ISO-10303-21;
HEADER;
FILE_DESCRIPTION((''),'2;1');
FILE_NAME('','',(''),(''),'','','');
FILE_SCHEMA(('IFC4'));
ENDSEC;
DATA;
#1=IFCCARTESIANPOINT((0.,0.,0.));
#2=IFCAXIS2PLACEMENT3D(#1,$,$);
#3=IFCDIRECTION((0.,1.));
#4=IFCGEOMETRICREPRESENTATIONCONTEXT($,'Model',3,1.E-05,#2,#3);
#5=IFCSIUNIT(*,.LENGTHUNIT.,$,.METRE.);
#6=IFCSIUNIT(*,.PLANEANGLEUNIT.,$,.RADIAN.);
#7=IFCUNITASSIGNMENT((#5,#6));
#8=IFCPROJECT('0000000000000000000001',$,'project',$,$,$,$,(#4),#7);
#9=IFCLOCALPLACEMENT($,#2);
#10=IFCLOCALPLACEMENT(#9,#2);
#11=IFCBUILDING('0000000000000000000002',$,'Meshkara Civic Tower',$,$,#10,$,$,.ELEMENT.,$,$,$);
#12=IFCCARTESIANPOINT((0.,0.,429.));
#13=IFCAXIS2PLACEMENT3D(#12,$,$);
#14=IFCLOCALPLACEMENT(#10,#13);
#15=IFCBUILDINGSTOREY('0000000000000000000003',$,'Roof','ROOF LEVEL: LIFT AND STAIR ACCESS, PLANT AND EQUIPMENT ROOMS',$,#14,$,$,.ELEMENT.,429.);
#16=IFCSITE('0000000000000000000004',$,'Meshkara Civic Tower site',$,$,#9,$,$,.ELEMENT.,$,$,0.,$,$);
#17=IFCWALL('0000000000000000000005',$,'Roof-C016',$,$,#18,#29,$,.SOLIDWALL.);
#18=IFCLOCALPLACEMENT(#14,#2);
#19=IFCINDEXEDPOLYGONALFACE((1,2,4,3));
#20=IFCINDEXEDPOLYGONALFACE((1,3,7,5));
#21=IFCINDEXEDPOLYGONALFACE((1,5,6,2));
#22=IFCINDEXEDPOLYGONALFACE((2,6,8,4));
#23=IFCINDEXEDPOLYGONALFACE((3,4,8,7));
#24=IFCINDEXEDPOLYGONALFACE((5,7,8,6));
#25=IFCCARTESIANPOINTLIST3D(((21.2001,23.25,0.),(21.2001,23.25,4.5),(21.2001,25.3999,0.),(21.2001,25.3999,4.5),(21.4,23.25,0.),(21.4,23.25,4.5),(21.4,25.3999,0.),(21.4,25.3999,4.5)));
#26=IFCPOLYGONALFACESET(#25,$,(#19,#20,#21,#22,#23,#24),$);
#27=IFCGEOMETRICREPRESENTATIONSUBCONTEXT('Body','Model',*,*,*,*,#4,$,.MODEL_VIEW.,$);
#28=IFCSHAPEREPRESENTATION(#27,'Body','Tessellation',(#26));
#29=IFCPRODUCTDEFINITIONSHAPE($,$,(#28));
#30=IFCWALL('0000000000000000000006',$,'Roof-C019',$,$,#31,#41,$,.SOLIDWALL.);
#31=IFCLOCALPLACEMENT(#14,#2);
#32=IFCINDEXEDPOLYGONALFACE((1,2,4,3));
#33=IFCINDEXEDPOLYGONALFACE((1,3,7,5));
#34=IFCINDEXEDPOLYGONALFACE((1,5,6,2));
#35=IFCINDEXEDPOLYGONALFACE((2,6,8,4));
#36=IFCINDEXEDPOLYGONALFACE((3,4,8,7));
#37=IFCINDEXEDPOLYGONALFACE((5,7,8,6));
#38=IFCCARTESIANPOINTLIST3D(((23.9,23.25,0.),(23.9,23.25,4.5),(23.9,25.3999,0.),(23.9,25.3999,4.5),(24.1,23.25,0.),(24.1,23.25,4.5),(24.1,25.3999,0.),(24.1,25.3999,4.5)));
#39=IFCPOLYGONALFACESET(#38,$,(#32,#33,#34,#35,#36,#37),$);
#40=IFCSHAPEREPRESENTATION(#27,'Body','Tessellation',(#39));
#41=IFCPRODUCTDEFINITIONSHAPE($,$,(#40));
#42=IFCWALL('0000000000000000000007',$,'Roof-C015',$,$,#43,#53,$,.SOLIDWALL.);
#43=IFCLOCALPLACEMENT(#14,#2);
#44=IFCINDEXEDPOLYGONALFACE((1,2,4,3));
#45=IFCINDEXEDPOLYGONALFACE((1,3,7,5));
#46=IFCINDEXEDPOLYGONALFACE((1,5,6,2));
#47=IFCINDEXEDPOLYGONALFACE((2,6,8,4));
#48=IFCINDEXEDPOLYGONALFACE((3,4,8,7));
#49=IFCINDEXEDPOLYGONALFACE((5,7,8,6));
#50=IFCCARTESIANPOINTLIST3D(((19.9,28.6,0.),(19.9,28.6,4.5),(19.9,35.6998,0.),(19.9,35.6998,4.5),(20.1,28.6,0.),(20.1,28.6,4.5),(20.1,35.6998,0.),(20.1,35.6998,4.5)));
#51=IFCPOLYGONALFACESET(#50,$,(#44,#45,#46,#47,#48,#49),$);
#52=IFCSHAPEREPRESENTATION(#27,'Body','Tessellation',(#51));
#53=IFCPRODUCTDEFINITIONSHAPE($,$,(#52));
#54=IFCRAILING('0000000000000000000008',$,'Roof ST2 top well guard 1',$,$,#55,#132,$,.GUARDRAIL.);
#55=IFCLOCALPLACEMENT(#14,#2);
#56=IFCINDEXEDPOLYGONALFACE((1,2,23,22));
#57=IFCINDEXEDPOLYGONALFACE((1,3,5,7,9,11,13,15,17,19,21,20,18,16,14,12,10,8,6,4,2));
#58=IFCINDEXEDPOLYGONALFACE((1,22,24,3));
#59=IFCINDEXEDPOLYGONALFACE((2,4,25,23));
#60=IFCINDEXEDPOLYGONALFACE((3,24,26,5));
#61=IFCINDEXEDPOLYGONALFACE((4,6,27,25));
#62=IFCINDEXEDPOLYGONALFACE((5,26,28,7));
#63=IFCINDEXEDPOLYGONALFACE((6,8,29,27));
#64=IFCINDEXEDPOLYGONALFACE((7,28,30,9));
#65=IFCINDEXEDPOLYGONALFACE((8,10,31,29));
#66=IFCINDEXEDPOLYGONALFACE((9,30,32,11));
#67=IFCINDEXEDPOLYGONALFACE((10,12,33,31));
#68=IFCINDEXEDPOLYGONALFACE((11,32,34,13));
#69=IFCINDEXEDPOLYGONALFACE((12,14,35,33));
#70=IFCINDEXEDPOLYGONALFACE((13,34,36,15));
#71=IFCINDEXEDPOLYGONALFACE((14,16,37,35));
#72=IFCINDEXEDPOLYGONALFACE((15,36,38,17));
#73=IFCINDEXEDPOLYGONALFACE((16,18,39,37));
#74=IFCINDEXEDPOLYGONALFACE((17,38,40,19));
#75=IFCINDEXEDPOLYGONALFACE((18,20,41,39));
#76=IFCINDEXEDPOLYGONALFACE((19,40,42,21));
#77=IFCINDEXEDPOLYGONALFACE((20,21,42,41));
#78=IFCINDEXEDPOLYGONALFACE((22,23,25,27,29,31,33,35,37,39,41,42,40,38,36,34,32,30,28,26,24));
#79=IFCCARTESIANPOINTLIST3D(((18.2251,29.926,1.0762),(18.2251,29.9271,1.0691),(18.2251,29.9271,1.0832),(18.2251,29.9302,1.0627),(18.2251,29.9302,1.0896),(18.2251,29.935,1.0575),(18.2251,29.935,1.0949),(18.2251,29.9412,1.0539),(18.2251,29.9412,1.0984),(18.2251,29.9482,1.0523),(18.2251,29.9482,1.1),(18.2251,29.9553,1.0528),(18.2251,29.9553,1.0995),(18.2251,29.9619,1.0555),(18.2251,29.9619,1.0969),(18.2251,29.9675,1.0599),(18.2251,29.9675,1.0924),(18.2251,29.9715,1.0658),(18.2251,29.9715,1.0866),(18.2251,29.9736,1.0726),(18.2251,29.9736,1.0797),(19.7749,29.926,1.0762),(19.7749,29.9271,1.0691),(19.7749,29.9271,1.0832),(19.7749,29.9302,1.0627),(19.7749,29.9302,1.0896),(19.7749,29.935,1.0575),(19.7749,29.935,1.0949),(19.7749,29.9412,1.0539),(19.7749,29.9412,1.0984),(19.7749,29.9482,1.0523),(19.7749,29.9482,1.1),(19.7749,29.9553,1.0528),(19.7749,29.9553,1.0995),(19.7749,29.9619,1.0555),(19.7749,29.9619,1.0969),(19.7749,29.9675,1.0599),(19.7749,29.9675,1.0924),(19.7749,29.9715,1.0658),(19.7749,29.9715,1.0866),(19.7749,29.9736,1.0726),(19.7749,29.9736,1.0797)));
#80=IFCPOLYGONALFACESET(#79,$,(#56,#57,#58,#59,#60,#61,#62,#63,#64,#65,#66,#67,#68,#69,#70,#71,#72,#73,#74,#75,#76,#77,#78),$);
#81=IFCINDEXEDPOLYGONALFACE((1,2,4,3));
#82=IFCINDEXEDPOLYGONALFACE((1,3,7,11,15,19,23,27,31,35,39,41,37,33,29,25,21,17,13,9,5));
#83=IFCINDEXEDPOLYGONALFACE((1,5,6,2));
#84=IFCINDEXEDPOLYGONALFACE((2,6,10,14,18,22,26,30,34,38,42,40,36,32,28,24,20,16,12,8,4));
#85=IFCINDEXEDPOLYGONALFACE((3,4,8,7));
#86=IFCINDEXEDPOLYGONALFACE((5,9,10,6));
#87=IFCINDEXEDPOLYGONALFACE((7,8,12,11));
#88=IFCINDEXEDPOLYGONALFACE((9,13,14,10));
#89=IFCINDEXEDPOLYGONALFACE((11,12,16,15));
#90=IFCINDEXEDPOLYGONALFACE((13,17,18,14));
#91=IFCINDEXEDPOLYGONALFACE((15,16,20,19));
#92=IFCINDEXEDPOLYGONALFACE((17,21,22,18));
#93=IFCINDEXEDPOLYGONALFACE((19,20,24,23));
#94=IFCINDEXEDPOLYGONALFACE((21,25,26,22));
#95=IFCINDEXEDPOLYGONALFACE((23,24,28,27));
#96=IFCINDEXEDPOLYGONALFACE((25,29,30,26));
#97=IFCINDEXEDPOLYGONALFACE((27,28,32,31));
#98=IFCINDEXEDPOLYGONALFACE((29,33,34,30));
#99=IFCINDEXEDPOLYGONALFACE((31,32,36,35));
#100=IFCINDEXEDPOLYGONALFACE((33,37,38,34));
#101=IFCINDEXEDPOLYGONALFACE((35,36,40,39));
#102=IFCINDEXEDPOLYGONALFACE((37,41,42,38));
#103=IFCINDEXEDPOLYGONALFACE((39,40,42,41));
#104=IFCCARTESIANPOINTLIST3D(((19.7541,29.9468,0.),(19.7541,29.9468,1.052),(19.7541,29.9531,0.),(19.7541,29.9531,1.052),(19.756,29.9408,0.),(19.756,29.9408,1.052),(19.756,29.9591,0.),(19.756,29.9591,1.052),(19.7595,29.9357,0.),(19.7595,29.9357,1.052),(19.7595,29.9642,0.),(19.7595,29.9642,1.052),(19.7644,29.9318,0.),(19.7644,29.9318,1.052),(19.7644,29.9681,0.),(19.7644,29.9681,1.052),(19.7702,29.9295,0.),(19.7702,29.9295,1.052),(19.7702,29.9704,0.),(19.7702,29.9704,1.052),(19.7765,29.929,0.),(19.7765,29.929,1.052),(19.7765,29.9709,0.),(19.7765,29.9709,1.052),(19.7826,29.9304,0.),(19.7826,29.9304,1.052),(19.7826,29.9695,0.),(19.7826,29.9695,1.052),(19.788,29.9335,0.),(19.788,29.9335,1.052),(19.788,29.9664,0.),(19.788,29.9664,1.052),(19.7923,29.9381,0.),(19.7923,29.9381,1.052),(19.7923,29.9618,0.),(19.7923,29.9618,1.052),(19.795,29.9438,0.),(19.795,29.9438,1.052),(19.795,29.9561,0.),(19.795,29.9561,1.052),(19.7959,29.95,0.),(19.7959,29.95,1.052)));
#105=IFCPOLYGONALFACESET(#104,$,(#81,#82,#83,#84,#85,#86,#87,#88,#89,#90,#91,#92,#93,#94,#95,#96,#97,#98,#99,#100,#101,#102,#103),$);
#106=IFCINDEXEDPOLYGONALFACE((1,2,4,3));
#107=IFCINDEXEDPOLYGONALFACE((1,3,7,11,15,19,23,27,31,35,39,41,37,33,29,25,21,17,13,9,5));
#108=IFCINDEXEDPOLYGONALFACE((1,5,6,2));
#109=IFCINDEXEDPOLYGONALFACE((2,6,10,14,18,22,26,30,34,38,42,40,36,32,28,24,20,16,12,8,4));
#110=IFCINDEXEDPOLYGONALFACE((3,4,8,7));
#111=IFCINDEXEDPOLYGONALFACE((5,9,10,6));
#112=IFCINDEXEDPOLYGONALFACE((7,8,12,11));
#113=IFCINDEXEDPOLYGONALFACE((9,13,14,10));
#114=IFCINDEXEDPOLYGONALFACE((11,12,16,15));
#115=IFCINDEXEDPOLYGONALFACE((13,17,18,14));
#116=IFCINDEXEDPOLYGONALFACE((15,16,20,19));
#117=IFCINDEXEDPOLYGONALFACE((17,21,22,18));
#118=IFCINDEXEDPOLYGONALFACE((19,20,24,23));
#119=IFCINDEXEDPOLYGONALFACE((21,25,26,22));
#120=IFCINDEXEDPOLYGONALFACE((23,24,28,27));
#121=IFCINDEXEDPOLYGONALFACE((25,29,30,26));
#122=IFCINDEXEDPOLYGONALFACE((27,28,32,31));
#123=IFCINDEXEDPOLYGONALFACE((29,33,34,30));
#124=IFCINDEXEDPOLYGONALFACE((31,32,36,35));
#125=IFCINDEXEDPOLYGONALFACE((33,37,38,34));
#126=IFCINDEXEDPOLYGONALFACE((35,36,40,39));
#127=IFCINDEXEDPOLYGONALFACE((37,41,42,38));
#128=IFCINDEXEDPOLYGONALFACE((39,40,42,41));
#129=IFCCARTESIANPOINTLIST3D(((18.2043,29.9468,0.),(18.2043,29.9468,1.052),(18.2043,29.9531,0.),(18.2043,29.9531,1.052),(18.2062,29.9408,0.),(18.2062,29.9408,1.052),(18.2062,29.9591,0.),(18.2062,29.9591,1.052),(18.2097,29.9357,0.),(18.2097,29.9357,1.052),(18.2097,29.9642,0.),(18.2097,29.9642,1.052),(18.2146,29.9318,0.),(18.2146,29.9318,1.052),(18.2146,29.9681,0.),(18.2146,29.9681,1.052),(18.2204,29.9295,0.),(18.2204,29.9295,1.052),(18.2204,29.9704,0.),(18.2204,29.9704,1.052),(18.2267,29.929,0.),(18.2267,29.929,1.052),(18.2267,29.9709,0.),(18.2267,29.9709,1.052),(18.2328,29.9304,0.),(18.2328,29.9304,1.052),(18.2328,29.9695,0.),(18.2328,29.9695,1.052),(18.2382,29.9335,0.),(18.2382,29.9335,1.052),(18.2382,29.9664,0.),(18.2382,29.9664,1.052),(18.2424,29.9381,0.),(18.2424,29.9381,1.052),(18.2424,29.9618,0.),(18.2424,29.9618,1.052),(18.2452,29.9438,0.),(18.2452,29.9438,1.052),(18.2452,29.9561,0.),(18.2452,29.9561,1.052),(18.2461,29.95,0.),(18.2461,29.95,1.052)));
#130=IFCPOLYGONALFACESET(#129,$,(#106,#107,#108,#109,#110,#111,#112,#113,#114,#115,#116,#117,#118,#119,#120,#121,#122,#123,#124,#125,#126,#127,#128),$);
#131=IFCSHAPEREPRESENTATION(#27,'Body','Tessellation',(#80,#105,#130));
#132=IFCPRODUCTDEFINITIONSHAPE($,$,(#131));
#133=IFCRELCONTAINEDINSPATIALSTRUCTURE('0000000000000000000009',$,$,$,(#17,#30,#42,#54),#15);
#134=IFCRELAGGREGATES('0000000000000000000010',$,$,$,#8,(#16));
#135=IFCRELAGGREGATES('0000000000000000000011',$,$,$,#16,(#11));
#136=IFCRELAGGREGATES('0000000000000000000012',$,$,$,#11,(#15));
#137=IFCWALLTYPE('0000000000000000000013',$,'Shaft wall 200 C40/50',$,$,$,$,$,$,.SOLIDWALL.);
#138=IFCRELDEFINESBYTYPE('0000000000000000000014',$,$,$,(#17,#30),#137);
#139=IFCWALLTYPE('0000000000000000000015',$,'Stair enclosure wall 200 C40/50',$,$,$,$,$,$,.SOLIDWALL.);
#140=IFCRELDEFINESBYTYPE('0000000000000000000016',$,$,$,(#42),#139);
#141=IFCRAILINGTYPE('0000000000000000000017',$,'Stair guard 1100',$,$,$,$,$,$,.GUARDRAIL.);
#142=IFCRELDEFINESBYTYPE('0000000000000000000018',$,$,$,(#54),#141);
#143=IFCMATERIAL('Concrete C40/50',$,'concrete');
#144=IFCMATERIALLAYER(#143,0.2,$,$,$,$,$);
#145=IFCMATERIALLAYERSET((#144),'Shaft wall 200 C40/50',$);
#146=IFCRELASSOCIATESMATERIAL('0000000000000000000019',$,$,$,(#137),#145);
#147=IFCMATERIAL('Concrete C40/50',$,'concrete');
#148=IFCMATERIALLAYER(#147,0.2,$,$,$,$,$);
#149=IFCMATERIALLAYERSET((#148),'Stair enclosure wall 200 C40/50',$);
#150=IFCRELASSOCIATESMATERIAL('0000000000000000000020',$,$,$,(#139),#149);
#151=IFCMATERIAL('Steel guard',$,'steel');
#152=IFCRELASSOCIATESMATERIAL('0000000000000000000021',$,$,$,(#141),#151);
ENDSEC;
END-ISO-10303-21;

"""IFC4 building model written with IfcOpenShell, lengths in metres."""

from ifc_helpers import new_model, si_unit, direction, frame, frame_2d, origin, origin_2d, place, context, subcontext, project, spatial, rectangle, circle, extrude, material, layer, layer_set, type_object, element, save


model = new_model("IFC4")

# Units and contexts
model_context = context("Model", 3, precision=1e-05, world=origin(), true_north=direction((0.0, 1.0)))
body_context = subcontext(model_context, "Body", "Model", "MODEL_VIEW")
ifc_project = project(units=[si_unit("LENGTHUNIT", "METRE"), si_unit("PLANEANGLEUNIT", "RADIAN")], contexts=[model_context])

# Site, building, storey
site_placement = place(None, origin())
site = spatial("IfcSite", under=ifc_project, at=site_placement, Name="Meshkara Civic Tower site", CompositionType="ELEMENT", RefElevation=0.0)
building_placement = place(site_placement, origin())
building = spatial("IfcBuilding", under=site, at=building_placement, Name="Meshkara Civic Tower", CompositionType="ELEMENT")
storey_placement = place(building_placement, frame((0.0, 0.0, 429.0)))
storey = spatial("IfcBuildingStorey", under=building, at=storey_placement, Name="Roof", Description="ROOF LEVEL: LIFT AND STAIR ACCESS, PLANT AND EQUIPMENT ROOMS", CompositionType="ELEMENT", Elevation=429.0)

# Shared definitions
ifc_material_1 = material(Name="Concrete C40/50", Category="concrete")
ifc_layer_1 = layer(ifc_material_1, 0.2)
ifc_layer_set_1 = layer_set([ifc_layer_1], Name="Shaft wall 200 C40/50")
wall_type_1 = type_object("IfcWallType", Name="Shaft wall 200 C40/50", PredefinedType="SOLIDWALL", material=ifc_layer_set_1)

# Walls
for number, where, z_axis, x_axis, name in (
    (1, (21.3, 23.25, 0.0), (0.0, 0.0, 1.0), (0.0, 1.0, 0.0), "Roof-C016"),
    (2, (24.0, 23.25, 0.0), (0.0, 0.0, 1.0), (0.0, 1.0, 0.0), "Roof-C019"),
):
    element("IfcWall", number, at=place(storey_placement, frame(where, z_axis=z_axis, x_axis=x_axis)), inside=storey, type_object=wall_type_1, Name=name, PredefinedType="SOLIDWALL", context=body_context, shape_type="SweptSolid", body=[
        extrude(rectangle(XDim=2.1499, YDim=0.2, at=frame_2d((1.075, 0.0))), origin(), (0.0, 0.0, 1.0), 4.5),
    ])
ifc_material_2 = material(Name="Concrete C40/50", Category="concrete")
ifc_layer_2 = layer(ifc_material_2, 0.2)
ifc_layer_set_2 = layer_set([ifc_layer_2], Name="Stair enclosure wall 200 C40/50")
wall_type_2 = type_object("IfcWallType", Name="Stair enclosure wall 200 C40/50", PredefinedType="SOLIDWALL", material=ifc_layer_set_2)
wall_1_placement = place(storey_placement, frame((20.0, 28.6001, 0.0), z_axis=(0.0, 0.0, 1.0), x_axis=(0.0, 1.0, 0.0)))
element("IfcWall", 3, at=wall_1_placement, inside=storey, type_object=wall_type_2, Name="Roof-C015", PredefinedType="SOLIDWALL", context=body_context, shape_type="SweptSolid", body=[
    extrude(rectangle(XDim=7.0999, YDim=0.2, at=frame_2d((3.5498, 0.0))), origin(), (0.0, 0.0, 1.0), 4.5),
])

# Railing
ifc_material_3 = material(Name="Steel guard", Category="steel")
railing_type = type_object("IfcRailingType", Name="Stair guard 1100", PredefinedType="GUARDRAIL", material=ifc_material_3)
railing_placement = place(storey_placement, frame((19.7749, 29.95, 0.0)))
element("IfcRailing", 4, at=railing_placement, inside=storey, type_object=railing_type, Name="Roof ST2 top well guard 1", PredefinedType="GUARDRAIL", context=body_context, shape_type="SweptSolid", body=[
    extrude(circle(Radius=0.0239, at=origin_2d()), frame((0.0, 0.0, 1.0762), z_axis=(-1.0, 0.0, 0.0), x_axis=(0.0, -1.0, 0.0)), (0.0, 0.0, 1.0), 1.5498),
    extrude(circle(Radius=0.021, at=origin_2d()), origin(), (0.0, 0.0, 1.0), 1.052),
    extrude(circle(Radius=0.021, at=origin_2d()), frame((-1.5498, 0.0, 0.0)), (0.0, 0.0, 1.0), 1.052),
])

save(model, "model.ifc")
